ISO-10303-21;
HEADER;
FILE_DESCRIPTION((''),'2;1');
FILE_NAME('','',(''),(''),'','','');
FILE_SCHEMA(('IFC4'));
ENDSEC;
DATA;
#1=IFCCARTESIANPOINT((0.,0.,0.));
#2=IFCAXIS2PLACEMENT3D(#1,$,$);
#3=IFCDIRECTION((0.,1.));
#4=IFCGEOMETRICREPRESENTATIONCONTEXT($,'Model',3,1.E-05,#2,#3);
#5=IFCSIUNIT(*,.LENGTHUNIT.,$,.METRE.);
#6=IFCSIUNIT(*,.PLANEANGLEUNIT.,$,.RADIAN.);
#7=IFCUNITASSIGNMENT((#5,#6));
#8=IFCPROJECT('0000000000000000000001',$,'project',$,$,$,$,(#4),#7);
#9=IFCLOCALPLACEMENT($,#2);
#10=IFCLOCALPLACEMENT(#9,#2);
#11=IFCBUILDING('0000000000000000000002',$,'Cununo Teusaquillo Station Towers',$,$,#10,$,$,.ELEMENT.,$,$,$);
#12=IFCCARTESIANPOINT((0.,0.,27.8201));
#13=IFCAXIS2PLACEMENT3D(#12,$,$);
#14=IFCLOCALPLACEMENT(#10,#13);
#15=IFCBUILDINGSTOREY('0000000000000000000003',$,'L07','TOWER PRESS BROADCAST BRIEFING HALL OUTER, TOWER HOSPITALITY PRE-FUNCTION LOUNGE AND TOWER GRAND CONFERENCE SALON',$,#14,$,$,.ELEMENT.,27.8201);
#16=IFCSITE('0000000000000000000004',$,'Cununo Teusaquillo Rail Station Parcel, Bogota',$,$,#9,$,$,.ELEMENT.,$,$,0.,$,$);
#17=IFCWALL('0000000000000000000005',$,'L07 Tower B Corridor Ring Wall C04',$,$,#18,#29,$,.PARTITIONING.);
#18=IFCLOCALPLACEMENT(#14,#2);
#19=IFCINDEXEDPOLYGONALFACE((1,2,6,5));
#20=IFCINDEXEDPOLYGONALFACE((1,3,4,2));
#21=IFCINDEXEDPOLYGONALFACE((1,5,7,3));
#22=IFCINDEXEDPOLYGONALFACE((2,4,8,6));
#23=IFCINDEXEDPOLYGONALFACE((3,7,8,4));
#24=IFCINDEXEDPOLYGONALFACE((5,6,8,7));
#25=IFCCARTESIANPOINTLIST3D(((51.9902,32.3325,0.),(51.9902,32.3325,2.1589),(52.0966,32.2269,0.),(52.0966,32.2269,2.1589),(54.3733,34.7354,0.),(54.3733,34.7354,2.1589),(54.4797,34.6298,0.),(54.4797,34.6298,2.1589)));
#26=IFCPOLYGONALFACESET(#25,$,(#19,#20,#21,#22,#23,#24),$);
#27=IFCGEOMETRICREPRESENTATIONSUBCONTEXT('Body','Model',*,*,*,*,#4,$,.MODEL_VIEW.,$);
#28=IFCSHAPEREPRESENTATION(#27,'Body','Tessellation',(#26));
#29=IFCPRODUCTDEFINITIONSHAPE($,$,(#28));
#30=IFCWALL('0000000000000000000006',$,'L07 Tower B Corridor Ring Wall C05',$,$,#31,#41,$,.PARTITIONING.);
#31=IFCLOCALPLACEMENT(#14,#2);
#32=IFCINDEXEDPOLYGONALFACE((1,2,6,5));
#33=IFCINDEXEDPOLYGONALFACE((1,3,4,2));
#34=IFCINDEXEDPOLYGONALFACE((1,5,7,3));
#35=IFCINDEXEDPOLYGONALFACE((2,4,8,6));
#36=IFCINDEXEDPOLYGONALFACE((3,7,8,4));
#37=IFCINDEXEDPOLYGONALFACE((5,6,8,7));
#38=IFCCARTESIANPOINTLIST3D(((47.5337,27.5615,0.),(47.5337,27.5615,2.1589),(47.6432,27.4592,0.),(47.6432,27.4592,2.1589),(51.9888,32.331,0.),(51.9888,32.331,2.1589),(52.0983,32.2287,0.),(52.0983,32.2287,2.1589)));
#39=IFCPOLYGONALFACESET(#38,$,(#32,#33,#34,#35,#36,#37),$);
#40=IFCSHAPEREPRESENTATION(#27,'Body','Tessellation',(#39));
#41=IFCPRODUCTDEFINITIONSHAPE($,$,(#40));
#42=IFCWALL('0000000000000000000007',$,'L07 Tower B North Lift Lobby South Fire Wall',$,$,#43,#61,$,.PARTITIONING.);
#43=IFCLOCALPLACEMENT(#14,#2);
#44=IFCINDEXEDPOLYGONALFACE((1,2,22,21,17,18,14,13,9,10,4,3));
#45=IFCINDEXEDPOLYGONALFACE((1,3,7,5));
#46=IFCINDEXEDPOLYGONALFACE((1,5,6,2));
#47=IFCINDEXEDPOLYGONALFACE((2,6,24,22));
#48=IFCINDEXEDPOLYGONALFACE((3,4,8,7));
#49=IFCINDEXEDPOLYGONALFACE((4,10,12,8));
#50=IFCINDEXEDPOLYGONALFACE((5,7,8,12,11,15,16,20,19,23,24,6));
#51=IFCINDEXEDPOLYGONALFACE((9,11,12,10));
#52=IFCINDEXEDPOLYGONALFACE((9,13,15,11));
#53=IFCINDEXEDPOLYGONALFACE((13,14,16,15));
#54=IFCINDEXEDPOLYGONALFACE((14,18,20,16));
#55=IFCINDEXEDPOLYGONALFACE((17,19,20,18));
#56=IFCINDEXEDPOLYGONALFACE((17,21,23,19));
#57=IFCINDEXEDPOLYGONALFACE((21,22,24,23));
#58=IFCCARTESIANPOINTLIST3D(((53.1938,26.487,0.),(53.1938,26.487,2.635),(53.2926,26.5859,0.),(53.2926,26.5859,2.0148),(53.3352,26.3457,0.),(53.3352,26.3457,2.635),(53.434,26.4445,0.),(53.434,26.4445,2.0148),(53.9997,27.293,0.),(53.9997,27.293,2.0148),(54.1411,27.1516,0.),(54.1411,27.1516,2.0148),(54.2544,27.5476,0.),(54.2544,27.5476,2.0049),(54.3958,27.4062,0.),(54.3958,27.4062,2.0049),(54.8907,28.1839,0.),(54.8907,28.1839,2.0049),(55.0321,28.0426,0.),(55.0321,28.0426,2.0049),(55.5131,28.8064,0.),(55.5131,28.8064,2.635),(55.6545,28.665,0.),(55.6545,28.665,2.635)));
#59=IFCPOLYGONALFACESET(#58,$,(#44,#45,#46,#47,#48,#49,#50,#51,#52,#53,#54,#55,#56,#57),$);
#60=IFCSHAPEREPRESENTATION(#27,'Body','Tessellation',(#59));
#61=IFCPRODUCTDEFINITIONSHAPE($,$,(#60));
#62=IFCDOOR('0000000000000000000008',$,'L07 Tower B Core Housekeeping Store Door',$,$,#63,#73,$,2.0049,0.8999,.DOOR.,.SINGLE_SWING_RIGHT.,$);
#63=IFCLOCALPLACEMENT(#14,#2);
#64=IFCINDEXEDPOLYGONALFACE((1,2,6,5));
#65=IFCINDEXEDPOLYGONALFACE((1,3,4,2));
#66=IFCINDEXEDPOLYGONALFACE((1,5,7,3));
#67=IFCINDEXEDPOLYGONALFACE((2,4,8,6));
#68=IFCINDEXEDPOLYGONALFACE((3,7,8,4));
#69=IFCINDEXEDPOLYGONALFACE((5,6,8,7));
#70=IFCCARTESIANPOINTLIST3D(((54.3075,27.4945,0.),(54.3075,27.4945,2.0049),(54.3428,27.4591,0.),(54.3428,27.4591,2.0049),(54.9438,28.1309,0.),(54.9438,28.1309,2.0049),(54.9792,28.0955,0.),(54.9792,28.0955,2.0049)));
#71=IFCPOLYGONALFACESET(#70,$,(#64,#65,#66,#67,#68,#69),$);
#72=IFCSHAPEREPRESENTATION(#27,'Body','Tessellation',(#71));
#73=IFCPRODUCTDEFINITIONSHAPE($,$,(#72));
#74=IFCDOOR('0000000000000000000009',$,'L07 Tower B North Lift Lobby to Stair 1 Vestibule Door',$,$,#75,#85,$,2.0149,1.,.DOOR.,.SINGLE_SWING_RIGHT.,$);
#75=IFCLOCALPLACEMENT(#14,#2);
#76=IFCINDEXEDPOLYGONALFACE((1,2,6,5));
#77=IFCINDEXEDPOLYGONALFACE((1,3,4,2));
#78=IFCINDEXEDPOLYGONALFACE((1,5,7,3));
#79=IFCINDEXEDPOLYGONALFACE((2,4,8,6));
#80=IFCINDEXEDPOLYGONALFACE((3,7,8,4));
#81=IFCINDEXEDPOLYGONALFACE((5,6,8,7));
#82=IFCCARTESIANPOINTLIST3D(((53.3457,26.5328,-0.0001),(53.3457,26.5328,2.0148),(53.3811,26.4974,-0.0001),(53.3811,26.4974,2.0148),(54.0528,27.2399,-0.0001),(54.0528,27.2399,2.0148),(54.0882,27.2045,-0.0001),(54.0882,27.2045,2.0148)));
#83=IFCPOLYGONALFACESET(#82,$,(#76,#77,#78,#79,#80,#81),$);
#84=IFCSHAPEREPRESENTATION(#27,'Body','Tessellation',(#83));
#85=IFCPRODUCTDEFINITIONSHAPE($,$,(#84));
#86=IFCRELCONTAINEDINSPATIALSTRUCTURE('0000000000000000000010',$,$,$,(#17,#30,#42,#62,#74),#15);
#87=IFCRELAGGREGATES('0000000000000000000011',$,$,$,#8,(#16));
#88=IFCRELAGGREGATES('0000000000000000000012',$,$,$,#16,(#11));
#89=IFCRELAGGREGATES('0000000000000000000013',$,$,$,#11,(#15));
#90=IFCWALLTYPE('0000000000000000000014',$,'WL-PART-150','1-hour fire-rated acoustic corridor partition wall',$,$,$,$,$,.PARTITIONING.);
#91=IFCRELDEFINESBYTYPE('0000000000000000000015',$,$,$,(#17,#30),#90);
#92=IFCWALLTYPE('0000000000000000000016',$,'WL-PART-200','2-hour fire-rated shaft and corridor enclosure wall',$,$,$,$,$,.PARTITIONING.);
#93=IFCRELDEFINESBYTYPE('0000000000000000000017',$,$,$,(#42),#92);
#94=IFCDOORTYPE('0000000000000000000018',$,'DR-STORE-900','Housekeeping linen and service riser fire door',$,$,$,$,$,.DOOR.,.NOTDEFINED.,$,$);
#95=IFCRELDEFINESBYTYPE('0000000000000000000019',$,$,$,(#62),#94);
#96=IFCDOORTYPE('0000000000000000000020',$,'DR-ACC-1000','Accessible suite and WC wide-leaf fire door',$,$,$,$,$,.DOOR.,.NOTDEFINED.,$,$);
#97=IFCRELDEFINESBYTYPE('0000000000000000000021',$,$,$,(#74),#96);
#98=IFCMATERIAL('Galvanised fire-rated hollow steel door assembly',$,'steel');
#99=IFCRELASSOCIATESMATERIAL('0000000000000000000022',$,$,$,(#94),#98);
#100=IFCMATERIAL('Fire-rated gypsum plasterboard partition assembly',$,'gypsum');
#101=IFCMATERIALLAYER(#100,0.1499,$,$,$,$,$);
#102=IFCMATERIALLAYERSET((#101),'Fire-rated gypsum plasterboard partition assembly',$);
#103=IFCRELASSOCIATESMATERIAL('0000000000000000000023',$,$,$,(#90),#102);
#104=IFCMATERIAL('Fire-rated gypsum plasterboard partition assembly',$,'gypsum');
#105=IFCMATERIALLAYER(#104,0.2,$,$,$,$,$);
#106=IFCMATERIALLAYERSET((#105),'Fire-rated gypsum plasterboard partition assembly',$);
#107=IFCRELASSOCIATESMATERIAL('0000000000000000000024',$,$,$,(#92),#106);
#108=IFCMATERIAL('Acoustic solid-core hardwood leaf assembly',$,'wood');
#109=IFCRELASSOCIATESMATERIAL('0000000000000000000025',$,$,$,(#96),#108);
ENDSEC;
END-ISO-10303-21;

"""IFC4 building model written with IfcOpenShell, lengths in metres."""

from ifc_helpers import new_model, si_unit, direction, frame, frame_2d, origin, place, context, subcontext, project, spatial, rectangle, extrude, source, transform, mapped, material, layer, layer_set, type_object, element, fill, save


model = new_model("IFC4")

# Units and contexts
model_context = context("Model", 3, precision=1e-05, world=origin(), true_north=direction((0.0, 1.0)))
body_context = subcontext(model_context, "Body", "Model", "MODEL_VIEW")
ifc_project = project(units=[si_unit("LENGTHUNIT", "METRE"), si_unit("PLANEANGLEUNIT", "RADIAN")], contexts=[model_context])

# Site, building, storey
site_placement = place(None, origin())
site = spatial("IfcSite", under=ifc_project, at=site_placement, Name="Cununo Teusaquillo Rail Station Parcel, Bogota", CompositionType="ELEMENT", RefElevation=0.0)
building_placement = place(site_placement, origin())
building = spatial("IfcBuilding", under=site, at=building_placement, Name="Cununo Teusaquillo Station Towers", CompositionType="ELEMENT")
storey_placement = place(building_placement, frame((0.0, 0.0, 27.8201)))
storey = spatial("IfcBuildingStorey", under=building, at=storey_placement, Name="L07", Description="TOWER PRESS BROADCAST BRIEFING HALL OUTER, TOWER HOSPITALITY PRE-FUNCTION LOUNGE AND TOWER GRAND CONFERENCE SALON", CompositionType="ELEMENT", Elevation=27.8201)

# Shared definitions
ifc_material_1 = material(Name="Galvanised fire-rated hollow steel door assembly", Category="steel")
door_type_1 = type_object("IfcDoorType", Name="DR-STORE-900", Description="Housekeeping linen and service riser fire door", OperationType="NOTDEFINED", PredefinedType="DOOR", material=ifc_material_1)
shared_shape_1 = source(origin(), body_context, "Body", "SweptSolid", [
    extrude(rectangle(XDim=0.8999, YDim=2.0049, at=frame_2d((0.45, 1.0024))), frame((0.0, 0.0249, 0.0), z_axis=(0.0, -1.0, 0.0), x_axis=(1.0, 0.0, 0.0)), (0.0, 0.0, 1.0), 0.05),
])
ifc_material_2 = material(Name="Fire-rated gypsum plasterboard partition assembly", Category="gypsum")
ifc_layer_1 = layer(ifc_material_2, 0.1499)
ifc_layer_set_1 = layer_set([ifc_layer_1], Name="Fire-rated gypsum plasterboard partition assembly")
wall_type_1 = type_object("IfcWallType", Name="WL-PART-150", Description="1-hour fire-rated acoustic corridor partition wall", PredefinedType="PARTITIONING", material=ifc_layer_set_1)

# Walls
wall_1_placement = place(storey_placement, frame((54.4265, 34.6826, 0.0), z_axis=(0.0, 0.0, 1.0), x_axis=(-0.704179, -0.710022, 0.0)))
element("IfcWall", 1, at=wall_1_placement, inside=storey, type_object=wall_type_1, Name="L07 Tower B Corridor Ring Wall C04", PredefinedType="PARTITIONING", context=body_context, shape_type="SweptSolid", body=[
    extrude(rectangle(XDim=3.3843, YDim=0.1499, at=frame_2d((1.6921, 0.0))), origin(), (0.0, 0.0, 1.0), 2.1589),
])
wall_2_placement = place(storey_placement, frame((52.0435, 32.2798, 0.0), z_axis=(0.0, 0.0, 1.0), x_axis=(-0.682606, -0.730787, 0.0)))
element("IfcWall", 2, at=wall_2_placement, inside=storey, type_object=wall_type_1, Name="L07 Tower B Corridor Ring Wall C05", PredefinedType="PARTITIONING", context=body_context, shape_type="SweptSolid", body=[
    extrude(rectangle(XDim=6.5266, YDim=0.1499, at=frame_2d((3.2632, 0.0))), origin(), (0.0, 0.0, 1.0), 2.1589),
])

# Wall, openings, doors
ifc_material_3 = material(Name="Fire-rated gypsum plasterboard partition assembly", Category="gypsum")
ifc_layer_2 = layer(ifc_material_3, 0.2)
ifc_layer_set_2 = layer_set([ifc_layer_2], Name="Fire-rated gypsum plasterboard partition assembly")
wall_type_2 = type_object("IfcWallType", Name="WL-PART-200", Description="2-hour fire-rated shaft and corridor enclosure wall", PredefinedType="PARTITIONING", material=ifc_layer_set_2)
wall_3_placement = place(storey_placement, frame((53.2644, 26.4163, 0.0), z_axis=(0.0, 0.0, 1.0), x_axis=(0.707107, 0.707107, 0.0)))
wall_3 = element("IfcWall", 3, at=wall_3_placement, inside=storey, type_object=wall_type_2, Name="L07 Tower B North Lift Lobby South Fire Wall", PredefinedType="PARTITIONING", context=body_context, shape_type="SweptSolid", body=[
    extrude(rectangle(XDim=3.28, YDim=0.2, at=frame_2d((1.6401, 0.0))), origin(), (0.0, 0.0, 1.0), 2.635),
])
shared_shape_2 = source(origin(), body_context, "Body", "SweptSolid", [
    extrude(rectangle(XDim=1.0, YDim=2.0149, at=frame_2d((0.5, 1.0073))), frame((0.0, 0.1099, 0.0), z_axis=(0.0, -1.0, 0.0), x_axis=(1.0, 0.0, 0.0)), (0.0, 0.0, 1.0), 0.22),
])
opening_1_placement = place(wall_3_placement, frame((0.1399, 0.0, 0.0)))
opening_1 = element("IfcOpeningElement", 4, at=opening_1_placement, cuts=wall_3, PredefinedType="OPENING", context=body_context, shape_type="MappedRepresentation", body=[
    mapped(shared_shape_2, transform((0.0, 0.0, 0.0), x_axis=(1.0, 0.0, 0.0), y_axis=(0.0, 1.0, 0.0), z_axis=(0.0, 0.0, 1.0), scale=1.0)),
])
shared_shape_3 = source(origin(), body_context, "Body", "SweptSolid", [
    extrude(rectangle(XDim=0.8999, YDim=2.0049, at=frame_2d((0.45, 1.0024))), frame((0.0, 0.1099, 0.0), z_axis=(0.0, -1.0, 0.0), x_axis=(1.0, 0.0, 0.0)), (0.0, 0.0, 1.0), 0.22),
])
opening_2_placement = place(wall_3_placement, frame((1.5, 0.0, 0.0)))
opening_2 = element("IfcOpeningElement", 5, at=opening_2_placement, cuts=wall_3, PredefinedType="OPENING", context=body_context, shape_type="MappedRepresentation", body=[
    mapped(shared_shape_3, transform((0.0, 0.0, 0.0), x_axis=(1.0, 0.0, 0.0), y_axis=(0.0, 1.0, 0.0), z_axis=(0.0, 0.0, 1.0), scale=1.0)),
])
door_1_placement = place(opening_2_placement, origin())
door_1 = element("IfcDoor", 6, at=door_1_placement, inside=storey, type_object=door_type_1, Name="L07 Tower B Core Housekeeping Store Door", OperationType="SINGLE_SWING_RIGHT", OverallHeight=2.0049, OverallWidth=0.8999, PredefinedType="DOOR", context=body_context, shape_type="MappedRepresentation", body=[
    mapped(shared_shape_1, transform((0.0, 0.0, 0.0), x_axis=(1.0, 0.0, 0.0), y_axis=(0.0, 1.0, 0.0), z_axis=(0.0, 0.0, 1.0), scale=1.0)),
])
fill(opening_2, door_1)
ifc_material_4 = material(Name="Acoustic solid-core hardwood leaf assembly", Category="wood")
door_type_2 = type_object("IfcDoorType", Name="DR-ACC-1000", Description="Accessible suite and WC wide-leaf fire door", OperationType="NOTDEFINED", PredefinedType="DOOR", material=ifc_material_4)
shared_shape_4 = source(origin(), body_context, "Body", "SweptSolid", [
    extrude(rectangle(XDim=1.0, YDim=2.0149, at=frame_2d((0.5, 1.0073))), frame((0.0, 0.0249, 0.0), z_axis=(0.0, -1.0, 0.0), x_axis=(1.0, 0.0, 0.0)), (0.0, 0.0, 1.0), 0.05),
])
door_2_placement = place(opening_1_placement, origin())
door_2 = element("IfcDoor", 7, at=door_2_placement, inside=storey, type_object=door_type_2, Name="L07 Tower B North Lift Lobby to Stair 1 Vestibule Door", OperationType="SINGLE_SWING_RIGHT", OverallHeight=2.0149, OverallWidth=1.0, PredefinedType="DOOR", context=body_context, shape_type="MappedRepresentation", body=[
    mapped(shared_shape_4, transform((0.0, 0.0, 0.0), x_axis=(1.0, 0.0, 0.0), y_axis=(0.0, 1.0, 0.0), z_axis=(0.0, 0.0, 1.0), scale=1.0)),
])
fill(opening_1, door_2)

save(model, "model.ifc")
